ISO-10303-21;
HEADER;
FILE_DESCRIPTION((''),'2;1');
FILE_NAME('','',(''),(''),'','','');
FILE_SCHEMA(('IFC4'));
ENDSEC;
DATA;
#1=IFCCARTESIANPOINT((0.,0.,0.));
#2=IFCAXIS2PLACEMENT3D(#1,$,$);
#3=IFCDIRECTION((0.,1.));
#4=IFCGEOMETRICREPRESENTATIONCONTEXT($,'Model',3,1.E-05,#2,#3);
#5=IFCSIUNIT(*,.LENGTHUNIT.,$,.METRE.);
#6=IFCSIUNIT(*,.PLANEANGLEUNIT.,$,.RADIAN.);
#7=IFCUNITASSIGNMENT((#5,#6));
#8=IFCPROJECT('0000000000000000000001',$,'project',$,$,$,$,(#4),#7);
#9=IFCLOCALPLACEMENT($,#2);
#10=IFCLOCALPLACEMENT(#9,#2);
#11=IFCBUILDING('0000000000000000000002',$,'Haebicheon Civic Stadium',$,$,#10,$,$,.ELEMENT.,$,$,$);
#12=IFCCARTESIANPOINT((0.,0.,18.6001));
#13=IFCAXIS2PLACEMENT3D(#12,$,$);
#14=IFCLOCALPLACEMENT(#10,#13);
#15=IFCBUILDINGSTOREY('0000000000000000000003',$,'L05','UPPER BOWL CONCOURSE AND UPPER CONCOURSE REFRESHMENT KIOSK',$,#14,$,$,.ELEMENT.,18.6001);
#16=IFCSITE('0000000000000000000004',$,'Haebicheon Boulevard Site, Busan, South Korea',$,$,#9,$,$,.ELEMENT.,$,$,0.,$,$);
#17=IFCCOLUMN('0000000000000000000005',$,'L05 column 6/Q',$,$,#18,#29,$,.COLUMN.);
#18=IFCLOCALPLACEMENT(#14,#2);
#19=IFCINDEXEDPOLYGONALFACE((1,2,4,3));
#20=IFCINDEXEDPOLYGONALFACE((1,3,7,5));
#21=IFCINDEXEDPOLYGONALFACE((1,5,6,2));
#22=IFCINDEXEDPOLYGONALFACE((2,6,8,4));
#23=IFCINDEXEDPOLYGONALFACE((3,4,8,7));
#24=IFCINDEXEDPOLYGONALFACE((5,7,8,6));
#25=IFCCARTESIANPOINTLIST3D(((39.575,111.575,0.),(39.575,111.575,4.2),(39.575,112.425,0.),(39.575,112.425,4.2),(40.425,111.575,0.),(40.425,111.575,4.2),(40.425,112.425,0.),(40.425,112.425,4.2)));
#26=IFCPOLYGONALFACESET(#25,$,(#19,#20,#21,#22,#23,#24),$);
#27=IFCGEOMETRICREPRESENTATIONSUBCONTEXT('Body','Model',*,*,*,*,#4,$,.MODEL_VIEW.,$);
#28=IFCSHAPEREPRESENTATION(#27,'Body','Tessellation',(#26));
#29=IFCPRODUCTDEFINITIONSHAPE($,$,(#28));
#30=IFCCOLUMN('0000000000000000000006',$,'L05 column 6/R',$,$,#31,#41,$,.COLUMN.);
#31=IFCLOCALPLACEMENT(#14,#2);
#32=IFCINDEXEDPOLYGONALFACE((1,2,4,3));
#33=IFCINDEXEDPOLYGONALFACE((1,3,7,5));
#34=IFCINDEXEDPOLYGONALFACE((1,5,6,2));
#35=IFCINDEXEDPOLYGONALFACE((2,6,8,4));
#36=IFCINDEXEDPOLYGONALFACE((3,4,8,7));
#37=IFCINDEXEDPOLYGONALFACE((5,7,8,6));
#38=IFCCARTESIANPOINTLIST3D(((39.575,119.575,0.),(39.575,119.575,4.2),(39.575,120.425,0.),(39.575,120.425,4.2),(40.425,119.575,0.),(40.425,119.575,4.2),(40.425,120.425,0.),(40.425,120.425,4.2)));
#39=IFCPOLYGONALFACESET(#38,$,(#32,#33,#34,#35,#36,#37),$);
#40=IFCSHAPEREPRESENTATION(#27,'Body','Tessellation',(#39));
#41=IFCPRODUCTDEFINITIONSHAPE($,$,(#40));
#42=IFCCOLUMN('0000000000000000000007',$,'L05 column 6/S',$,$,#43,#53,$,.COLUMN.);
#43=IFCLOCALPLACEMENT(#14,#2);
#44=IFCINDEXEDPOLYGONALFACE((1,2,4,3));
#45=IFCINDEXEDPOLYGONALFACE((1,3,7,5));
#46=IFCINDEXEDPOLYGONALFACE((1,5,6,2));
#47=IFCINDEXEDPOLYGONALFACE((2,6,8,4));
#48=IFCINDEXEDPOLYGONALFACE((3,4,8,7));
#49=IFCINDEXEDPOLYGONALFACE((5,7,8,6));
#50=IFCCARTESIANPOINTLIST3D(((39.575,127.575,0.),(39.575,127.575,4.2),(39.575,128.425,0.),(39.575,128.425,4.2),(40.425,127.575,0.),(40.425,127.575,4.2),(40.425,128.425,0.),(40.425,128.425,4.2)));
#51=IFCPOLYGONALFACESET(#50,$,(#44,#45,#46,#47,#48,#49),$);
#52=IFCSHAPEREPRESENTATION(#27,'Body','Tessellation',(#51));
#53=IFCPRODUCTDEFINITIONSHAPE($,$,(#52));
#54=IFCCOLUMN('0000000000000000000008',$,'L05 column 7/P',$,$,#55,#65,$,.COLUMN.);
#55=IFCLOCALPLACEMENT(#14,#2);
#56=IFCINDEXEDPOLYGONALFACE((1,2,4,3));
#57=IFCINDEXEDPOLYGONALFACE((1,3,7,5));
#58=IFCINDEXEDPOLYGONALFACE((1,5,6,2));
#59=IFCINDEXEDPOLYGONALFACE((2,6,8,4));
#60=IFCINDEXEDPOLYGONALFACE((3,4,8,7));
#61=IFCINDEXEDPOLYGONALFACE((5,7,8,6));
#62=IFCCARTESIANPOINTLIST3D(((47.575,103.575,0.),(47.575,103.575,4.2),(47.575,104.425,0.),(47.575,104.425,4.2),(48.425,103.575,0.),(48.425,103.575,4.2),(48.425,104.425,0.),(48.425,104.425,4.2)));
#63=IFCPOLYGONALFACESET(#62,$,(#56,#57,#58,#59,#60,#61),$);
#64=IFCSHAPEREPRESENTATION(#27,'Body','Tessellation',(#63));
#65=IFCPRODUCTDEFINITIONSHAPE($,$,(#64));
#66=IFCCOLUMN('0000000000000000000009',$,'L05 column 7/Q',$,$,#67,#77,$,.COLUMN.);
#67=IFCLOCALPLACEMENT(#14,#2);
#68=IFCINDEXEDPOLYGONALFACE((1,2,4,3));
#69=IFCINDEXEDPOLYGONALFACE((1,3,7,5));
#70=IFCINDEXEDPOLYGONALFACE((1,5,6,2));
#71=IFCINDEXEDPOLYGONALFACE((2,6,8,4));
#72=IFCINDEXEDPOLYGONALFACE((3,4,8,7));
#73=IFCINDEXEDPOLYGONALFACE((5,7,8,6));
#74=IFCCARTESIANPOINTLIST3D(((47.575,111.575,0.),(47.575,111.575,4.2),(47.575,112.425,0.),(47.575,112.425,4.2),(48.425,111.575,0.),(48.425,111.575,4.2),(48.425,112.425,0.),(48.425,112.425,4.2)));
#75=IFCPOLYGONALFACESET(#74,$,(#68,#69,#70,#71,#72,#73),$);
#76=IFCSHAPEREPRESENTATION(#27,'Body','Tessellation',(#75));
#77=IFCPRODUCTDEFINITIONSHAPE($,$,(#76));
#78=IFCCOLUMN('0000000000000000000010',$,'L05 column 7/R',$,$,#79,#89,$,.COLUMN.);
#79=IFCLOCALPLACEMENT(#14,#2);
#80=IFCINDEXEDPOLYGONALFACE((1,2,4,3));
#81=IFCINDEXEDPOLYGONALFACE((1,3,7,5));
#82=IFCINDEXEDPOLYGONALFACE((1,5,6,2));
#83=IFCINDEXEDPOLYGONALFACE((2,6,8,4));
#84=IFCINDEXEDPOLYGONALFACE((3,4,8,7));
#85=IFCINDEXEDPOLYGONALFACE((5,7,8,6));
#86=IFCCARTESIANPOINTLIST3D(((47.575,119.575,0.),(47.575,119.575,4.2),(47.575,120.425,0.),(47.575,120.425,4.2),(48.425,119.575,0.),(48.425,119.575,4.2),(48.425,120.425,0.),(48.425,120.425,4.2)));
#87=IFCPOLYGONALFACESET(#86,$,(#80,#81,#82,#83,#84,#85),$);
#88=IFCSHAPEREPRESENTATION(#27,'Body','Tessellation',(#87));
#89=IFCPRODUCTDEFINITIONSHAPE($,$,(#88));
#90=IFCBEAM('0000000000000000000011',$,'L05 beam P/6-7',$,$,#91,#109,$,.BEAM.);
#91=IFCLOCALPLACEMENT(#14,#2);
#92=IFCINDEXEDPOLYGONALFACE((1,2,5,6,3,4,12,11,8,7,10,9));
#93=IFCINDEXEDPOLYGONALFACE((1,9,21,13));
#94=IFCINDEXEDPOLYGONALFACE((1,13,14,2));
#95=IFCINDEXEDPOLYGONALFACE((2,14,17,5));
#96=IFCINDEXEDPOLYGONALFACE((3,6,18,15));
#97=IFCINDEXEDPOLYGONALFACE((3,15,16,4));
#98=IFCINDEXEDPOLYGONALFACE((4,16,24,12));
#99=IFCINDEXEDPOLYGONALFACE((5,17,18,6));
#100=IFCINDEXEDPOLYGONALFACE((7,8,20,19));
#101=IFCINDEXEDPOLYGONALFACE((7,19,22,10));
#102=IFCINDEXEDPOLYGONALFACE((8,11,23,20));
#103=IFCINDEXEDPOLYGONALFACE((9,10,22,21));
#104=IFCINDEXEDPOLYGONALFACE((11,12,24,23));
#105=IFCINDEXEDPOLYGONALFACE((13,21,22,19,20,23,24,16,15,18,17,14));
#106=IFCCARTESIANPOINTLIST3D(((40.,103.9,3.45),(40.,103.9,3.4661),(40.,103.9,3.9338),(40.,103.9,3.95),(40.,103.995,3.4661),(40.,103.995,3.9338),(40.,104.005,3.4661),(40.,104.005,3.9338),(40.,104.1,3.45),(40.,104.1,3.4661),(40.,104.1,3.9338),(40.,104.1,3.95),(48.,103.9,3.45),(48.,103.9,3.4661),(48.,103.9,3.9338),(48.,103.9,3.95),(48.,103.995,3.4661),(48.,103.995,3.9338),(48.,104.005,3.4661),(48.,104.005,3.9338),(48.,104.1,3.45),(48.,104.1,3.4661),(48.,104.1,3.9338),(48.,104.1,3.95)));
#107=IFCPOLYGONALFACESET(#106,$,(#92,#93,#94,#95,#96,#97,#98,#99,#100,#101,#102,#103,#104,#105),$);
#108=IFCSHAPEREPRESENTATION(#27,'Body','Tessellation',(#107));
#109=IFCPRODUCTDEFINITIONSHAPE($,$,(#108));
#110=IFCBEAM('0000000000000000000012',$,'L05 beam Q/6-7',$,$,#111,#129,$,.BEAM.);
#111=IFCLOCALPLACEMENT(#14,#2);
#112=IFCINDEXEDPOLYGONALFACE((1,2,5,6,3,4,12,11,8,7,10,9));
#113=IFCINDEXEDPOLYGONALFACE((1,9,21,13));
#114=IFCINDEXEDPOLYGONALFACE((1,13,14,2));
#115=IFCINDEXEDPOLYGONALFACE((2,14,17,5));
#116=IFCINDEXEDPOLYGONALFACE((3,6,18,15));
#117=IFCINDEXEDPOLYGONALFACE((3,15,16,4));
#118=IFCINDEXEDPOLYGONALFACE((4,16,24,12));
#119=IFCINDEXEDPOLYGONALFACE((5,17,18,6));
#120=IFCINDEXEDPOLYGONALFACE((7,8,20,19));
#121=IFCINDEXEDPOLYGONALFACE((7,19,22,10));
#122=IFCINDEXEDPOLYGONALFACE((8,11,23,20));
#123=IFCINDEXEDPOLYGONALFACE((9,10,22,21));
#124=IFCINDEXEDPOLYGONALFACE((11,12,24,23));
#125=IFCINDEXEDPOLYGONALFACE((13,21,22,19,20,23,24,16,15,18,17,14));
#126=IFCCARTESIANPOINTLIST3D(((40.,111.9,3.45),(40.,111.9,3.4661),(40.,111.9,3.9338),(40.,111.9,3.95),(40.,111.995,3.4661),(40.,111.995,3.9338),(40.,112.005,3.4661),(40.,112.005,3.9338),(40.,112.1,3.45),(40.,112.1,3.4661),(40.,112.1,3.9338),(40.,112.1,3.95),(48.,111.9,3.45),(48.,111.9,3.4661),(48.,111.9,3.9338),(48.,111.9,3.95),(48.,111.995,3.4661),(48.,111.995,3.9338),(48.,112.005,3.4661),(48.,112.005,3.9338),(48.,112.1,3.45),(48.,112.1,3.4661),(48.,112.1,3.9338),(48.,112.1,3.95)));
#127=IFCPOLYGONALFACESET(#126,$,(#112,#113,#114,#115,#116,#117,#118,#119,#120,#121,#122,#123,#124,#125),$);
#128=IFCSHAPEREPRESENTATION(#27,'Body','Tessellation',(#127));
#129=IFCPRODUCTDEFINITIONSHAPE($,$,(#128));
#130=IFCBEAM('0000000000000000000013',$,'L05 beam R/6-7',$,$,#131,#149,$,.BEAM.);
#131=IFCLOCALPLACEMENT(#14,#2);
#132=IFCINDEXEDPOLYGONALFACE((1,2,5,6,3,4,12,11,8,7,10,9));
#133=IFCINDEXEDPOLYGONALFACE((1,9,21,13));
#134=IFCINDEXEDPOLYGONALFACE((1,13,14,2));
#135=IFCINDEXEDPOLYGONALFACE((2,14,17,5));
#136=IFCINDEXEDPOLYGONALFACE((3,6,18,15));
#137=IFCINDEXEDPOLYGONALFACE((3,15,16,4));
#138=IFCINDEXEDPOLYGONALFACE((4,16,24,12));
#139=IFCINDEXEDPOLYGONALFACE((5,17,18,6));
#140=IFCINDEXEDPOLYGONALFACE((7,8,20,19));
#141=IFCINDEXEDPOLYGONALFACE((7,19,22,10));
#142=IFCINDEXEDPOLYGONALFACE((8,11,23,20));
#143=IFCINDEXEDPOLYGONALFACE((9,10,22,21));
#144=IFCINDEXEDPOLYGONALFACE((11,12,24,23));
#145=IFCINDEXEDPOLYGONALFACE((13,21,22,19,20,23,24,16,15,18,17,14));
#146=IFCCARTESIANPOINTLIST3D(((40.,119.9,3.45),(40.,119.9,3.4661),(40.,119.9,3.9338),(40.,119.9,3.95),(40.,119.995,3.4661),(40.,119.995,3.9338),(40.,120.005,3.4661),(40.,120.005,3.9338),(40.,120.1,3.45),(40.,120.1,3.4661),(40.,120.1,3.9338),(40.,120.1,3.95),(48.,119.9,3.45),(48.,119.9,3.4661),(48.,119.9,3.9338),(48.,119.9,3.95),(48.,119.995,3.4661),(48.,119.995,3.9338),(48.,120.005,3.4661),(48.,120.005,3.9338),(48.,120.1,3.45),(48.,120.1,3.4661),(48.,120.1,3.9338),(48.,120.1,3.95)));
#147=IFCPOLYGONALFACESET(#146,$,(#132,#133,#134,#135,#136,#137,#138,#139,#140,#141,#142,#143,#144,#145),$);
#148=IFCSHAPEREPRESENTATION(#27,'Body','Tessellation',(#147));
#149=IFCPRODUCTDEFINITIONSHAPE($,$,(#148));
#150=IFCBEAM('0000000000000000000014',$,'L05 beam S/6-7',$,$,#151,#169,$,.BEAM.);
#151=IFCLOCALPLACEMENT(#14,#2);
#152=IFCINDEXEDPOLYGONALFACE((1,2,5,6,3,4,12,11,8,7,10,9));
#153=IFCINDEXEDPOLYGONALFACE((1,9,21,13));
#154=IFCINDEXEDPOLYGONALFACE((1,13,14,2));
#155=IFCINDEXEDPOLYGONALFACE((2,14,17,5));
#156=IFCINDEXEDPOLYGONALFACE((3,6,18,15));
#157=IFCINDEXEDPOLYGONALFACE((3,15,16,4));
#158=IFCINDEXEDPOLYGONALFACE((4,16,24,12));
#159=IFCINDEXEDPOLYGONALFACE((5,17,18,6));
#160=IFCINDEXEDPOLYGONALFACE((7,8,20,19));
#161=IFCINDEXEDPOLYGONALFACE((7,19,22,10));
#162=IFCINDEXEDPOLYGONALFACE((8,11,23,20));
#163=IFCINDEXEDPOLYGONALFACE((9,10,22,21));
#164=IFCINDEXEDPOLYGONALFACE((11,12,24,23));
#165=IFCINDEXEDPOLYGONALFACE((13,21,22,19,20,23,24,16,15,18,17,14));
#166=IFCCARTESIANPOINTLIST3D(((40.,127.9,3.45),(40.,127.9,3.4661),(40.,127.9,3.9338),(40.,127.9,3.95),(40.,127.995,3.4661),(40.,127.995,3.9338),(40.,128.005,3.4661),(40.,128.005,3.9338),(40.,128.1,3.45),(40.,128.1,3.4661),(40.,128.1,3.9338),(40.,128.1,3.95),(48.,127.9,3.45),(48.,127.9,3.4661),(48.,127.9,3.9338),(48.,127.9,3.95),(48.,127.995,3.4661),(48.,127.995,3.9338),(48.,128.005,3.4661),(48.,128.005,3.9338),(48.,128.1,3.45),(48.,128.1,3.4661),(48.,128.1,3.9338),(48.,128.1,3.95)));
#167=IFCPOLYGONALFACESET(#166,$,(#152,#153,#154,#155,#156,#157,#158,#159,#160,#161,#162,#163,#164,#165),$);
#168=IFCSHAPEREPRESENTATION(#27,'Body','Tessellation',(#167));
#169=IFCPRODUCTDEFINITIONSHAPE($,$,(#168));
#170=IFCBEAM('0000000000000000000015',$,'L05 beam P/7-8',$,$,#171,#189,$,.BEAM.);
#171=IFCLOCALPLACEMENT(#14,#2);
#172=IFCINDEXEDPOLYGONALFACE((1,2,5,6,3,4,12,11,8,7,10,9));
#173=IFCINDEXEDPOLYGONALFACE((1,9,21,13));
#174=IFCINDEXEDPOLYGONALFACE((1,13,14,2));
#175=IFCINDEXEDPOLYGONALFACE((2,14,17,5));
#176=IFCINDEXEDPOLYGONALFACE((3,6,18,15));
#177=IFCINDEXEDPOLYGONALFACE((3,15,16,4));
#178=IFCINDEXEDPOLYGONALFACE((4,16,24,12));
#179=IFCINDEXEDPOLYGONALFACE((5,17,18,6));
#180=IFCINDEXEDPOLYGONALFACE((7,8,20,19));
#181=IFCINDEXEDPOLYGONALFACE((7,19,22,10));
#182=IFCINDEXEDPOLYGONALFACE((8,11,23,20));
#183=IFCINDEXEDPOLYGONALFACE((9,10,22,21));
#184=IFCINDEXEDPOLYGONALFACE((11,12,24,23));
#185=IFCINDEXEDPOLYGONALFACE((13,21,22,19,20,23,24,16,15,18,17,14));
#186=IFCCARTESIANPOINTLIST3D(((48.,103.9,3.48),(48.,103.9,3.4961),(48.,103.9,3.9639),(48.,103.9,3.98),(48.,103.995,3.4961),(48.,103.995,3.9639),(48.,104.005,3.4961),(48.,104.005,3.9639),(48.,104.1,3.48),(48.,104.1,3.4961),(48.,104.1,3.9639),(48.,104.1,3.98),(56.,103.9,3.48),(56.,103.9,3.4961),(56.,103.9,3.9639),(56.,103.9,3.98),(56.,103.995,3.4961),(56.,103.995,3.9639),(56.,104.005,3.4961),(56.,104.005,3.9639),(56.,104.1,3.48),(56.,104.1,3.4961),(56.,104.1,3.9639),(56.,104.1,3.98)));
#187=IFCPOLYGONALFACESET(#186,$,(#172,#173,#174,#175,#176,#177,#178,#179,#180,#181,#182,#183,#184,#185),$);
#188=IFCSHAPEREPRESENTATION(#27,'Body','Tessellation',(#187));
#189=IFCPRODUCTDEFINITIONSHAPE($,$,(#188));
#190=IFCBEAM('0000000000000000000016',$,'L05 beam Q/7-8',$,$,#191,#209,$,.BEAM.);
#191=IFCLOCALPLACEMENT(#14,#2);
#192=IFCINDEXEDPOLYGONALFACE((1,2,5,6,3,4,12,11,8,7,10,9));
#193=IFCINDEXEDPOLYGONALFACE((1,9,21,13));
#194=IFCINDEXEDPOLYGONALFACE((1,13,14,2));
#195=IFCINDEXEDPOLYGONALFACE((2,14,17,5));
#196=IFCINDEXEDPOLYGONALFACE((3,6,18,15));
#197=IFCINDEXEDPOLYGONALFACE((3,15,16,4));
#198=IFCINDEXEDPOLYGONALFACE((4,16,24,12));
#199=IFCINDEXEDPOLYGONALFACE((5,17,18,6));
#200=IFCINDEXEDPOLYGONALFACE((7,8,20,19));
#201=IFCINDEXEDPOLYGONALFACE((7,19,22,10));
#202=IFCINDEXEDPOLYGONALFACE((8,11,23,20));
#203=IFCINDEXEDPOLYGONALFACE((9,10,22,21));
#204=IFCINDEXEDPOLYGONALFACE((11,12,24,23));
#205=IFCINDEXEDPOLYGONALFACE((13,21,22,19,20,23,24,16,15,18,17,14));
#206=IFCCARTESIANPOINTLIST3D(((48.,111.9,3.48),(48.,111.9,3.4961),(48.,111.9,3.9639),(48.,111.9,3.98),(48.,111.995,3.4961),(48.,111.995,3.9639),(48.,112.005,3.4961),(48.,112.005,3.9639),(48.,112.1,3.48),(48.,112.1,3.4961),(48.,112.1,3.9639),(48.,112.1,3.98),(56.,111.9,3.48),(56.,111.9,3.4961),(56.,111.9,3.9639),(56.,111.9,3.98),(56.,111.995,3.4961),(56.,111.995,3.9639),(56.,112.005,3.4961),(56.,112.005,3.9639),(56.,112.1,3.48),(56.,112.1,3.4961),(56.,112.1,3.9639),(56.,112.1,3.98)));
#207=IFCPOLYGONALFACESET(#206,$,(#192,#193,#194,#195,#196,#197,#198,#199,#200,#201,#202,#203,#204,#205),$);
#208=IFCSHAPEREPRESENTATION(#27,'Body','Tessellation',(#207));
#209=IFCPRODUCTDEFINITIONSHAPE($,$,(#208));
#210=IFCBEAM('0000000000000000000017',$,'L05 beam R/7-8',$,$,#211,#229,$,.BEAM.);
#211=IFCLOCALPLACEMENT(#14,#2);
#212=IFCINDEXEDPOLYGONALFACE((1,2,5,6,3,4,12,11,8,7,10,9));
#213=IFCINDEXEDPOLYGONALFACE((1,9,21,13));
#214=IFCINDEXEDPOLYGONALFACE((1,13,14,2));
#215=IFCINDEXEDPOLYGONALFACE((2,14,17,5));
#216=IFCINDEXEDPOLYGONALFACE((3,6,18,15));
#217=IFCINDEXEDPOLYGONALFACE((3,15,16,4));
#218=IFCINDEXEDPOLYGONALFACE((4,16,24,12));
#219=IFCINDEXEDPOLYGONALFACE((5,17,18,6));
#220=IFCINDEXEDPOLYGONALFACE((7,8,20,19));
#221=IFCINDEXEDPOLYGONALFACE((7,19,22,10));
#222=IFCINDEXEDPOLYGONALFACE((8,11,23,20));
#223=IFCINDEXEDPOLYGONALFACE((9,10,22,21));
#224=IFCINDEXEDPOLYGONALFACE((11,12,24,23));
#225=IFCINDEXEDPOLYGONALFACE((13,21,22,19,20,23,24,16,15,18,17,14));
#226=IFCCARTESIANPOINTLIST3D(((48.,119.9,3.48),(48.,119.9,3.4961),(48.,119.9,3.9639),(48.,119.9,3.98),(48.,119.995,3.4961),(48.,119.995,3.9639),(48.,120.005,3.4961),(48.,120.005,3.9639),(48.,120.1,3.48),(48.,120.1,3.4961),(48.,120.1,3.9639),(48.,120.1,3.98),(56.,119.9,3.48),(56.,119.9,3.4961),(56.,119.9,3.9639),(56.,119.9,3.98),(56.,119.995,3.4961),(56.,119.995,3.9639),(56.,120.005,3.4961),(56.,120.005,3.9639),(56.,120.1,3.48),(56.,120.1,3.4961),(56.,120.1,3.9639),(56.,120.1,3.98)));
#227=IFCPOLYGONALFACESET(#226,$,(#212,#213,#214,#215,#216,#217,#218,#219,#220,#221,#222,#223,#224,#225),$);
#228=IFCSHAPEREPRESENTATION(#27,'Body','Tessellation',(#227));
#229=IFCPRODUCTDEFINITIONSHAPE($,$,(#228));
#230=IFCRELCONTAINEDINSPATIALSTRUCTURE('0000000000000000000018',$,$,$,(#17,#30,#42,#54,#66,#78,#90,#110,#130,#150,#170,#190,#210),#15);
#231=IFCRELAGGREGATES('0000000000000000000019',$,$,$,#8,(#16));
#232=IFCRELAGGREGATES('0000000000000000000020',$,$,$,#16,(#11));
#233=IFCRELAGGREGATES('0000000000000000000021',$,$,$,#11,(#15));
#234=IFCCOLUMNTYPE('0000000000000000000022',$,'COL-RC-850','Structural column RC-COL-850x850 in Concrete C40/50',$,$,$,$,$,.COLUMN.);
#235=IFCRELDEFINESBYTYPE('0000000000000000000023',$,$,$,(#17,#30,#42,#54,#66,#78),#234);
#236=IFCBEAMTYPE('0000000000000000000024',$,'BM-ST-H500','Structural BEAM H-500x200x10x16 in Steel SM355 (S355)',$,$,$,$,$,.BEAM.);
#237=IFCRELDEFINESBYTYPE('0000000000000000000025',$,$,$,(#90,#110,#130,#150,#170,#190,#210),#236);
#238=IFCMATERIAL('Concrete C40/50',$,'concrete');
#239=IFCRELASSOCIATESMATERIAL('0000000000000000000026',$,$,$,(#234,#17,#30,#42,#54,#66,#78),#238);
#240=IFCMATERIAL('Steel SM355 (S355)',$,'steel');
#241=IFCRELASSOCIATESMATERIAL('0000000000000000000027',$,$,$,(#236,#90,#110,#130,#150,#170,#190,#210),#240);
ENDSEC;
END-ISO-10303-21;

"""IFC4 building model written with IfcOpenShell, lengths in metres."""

from ifc_helpers import new_model, si_unit, direction, frame, origin, origin_2d, place, context, subcontext, project, spatial, rectangle, i_section, extrude, material, material_profile, profile_set, type_object, element, save


model = new_model("IFC4")

# Units and contexts
model_context = context("Model", 3, precision=1e-05, world=origin(), true_north=direction((0.0, 1.0)))
body_context = subcontext(model_context, "Body", "Model", "MODEL_VIEW")
ifc_project = project(units=[si_unit("LENGTHUNIT", "METRE"), si_unit("PLANEANGLEUNIT", "RADIAN")], contexts=[model_context])

# Site, building, storey
site_placement = place(None, origin())
site = spatial("IfcSite", under=ifc_project, at=site_placement, Name="Haebicheon Boulevard Site, Busan, South Korea", CompositionType="ELEMENT", RefElevation=0.0)
building_placement = place(site_placement, origin())
building = spatial("IfcBuilding", under=site, at=building_placement, Name="Haebicheon Civic Stadium", CompositionType="ELEMENT")
storey_placement = place(building_placement, frame((0.0, 0.0, 18.6001)))
storey = spatial("IfcBuildingStorey", under=building, at=storey_placement, Name="L05", Description="UPPER BOWL CONCOURSE AND UPPER CONCOURSE REFRESHMENT KIOSK", CompositionType="ELEMENT", Elevation=18.6001)

# Columns
ifc_material_1 = material(Name="Concrete C40/50", Category="concrete")
ifc_material_profile_1 = material_profile(ifc_material_1, rectangle(XDim=0.8501, YDim=0.8501, at=origin_2d()), Name="RC-COL-850x850")
ifc_profile_set_1 = profile_set([ifc_material_profile_1], Name="Concrete C40/50")
column_type = type_object("IfcColumnType", Name="COL-RC-850", Description="Structural column RC-COL-850x850 in Concrete C40/50", PredefinedType="COLUMN", material=ifc_profile_set_1)
for number, where, z_axis, x_axis, name in (
    (1, (40.0, 112.0, 0.0), (0.0, 0.0, 1.0), (1.0, 0.0, 0.0), "L05 column 6/Q"),
    (2, (40.0, 120.0, 0.0), (0.0, 0.0, 1.0), (1.0, 0.0, 0.0), "L05 column 6/R"),
    (3, (40.0, 128.0, 0.0), (0.0, 0.0, 1.0), (1.0, 0.0, 0.0), "L05 column 6/S"),
    (4, (48.0, 104.0, 0.0), (0.0, 0.0, 1.0), (1.0, 0.0, 0.0), "L05 column 7/P"),
    (5, (48.0, 112.0, 0.0), (0.0, 0.0, 1.0), (1.0, 0.0, 0.0), "L05 column 7/Q"),
    (6, (48.0, 120.0, 0.0), (0.0, 0.0, 1.0), (1.0, 0.0, 0.0), "L05 column 7/R"),
):
    element("IfcColumn", number, at=place(storey_placement, frame(where, z_axis=z_axis, x_axis=x_axis)), inside=storey, type_object=column_type, material=ifc_profile_set_1, Name=name, PredefinedType="COLUMN", context=body_context, shape_type="SweptSolid", body=[
        extrude(rectangle(XDim=0.8501, YDim=0.8501, at=origin_2d()), origin(), (0.0, 0.0, 1.0), 4.2),
    ])

# Beams
ifc_material_2 = material(Name="Steel SM355 (S355)", Category="steel")
ifc_material_profile_2 = material_profile(ifc_material_2, i_section(OverallWidth=0.2, OverallDepth=0.5, WebThickness=0.01, FlangeThickness=0.0161, at=origin_2d()), Name="H-500x200x10x16")
ifc_profile_set_2 = profile_set([ifc_material_profile_2], Name="Steel SM355 (S355)")
beam_type_1 = type_object("IfcBeamType", Name="BM-ST-H500", Description="Structural BEAM H-500x200x10x16 in Steel SM355 (S355)", PredefinedType="BEAM", material=ifc_profile_set_2)
for number, where, z_axis, x_axis, name in (
    (7, (40.0, 104.0, 3.7), (1.0, 0.0, 0.0), (0.0, 1.0, 0.0), "L05 beam P/6-7"),
    (8, (40.0, 112.0, 3.7), (1.0, 0.0, 0.0), (0.0, 1.0, 0.0), "L05 beam Q/6-7"),
    (9, (40.0, 120.0, 3.7), (1.0, 0.0, 0.0), (0.0, 1.0, 0.0), "L05 beam R/6-7"),
    (10, (40.0, 128.0, 3.7), (1.0, 0.0, 0.0), (0.0, 1.0, 0.0), "L05 beam S/6-7"),
    (11, (48.0, 104.0, 3.73), (1.0, 0.0, 0.0), (0.0, 1.0, 0.0), "L05 beam P/7-8"),
    (12, (48.0, 112.0, 3.73), (1.0, 0.0, 0.0), (0.0, 1.0, 0.0), "L05 beam Q/7-8"),
    (13, (48.0, 120.0, 3.73), (1.0, 0.0, 0.0), (0.0, 1.0, 0.0), "L05 beam R/7-8"),
):
    element("IfcBeam", number, at=place(storey_placement, frame(where, z_axis=z_axis, x_axis=x_axis)), inside=storey, type_object=beam_type_1, material=ifc_profile_set_2, Name=name, PredefinedType="BEAM", context=body_context, shape_type="SweptSolid", body=[
        extrude(i_section(OverallWidth=0.2, OverallDepth=0.5, WebThickness=0.01, FlangeThickness=0.0161, at=origin_2d()), origin(), (0.0, 0.0, 1.0), 8.0),
    ])

save(model, "model.ifc")
